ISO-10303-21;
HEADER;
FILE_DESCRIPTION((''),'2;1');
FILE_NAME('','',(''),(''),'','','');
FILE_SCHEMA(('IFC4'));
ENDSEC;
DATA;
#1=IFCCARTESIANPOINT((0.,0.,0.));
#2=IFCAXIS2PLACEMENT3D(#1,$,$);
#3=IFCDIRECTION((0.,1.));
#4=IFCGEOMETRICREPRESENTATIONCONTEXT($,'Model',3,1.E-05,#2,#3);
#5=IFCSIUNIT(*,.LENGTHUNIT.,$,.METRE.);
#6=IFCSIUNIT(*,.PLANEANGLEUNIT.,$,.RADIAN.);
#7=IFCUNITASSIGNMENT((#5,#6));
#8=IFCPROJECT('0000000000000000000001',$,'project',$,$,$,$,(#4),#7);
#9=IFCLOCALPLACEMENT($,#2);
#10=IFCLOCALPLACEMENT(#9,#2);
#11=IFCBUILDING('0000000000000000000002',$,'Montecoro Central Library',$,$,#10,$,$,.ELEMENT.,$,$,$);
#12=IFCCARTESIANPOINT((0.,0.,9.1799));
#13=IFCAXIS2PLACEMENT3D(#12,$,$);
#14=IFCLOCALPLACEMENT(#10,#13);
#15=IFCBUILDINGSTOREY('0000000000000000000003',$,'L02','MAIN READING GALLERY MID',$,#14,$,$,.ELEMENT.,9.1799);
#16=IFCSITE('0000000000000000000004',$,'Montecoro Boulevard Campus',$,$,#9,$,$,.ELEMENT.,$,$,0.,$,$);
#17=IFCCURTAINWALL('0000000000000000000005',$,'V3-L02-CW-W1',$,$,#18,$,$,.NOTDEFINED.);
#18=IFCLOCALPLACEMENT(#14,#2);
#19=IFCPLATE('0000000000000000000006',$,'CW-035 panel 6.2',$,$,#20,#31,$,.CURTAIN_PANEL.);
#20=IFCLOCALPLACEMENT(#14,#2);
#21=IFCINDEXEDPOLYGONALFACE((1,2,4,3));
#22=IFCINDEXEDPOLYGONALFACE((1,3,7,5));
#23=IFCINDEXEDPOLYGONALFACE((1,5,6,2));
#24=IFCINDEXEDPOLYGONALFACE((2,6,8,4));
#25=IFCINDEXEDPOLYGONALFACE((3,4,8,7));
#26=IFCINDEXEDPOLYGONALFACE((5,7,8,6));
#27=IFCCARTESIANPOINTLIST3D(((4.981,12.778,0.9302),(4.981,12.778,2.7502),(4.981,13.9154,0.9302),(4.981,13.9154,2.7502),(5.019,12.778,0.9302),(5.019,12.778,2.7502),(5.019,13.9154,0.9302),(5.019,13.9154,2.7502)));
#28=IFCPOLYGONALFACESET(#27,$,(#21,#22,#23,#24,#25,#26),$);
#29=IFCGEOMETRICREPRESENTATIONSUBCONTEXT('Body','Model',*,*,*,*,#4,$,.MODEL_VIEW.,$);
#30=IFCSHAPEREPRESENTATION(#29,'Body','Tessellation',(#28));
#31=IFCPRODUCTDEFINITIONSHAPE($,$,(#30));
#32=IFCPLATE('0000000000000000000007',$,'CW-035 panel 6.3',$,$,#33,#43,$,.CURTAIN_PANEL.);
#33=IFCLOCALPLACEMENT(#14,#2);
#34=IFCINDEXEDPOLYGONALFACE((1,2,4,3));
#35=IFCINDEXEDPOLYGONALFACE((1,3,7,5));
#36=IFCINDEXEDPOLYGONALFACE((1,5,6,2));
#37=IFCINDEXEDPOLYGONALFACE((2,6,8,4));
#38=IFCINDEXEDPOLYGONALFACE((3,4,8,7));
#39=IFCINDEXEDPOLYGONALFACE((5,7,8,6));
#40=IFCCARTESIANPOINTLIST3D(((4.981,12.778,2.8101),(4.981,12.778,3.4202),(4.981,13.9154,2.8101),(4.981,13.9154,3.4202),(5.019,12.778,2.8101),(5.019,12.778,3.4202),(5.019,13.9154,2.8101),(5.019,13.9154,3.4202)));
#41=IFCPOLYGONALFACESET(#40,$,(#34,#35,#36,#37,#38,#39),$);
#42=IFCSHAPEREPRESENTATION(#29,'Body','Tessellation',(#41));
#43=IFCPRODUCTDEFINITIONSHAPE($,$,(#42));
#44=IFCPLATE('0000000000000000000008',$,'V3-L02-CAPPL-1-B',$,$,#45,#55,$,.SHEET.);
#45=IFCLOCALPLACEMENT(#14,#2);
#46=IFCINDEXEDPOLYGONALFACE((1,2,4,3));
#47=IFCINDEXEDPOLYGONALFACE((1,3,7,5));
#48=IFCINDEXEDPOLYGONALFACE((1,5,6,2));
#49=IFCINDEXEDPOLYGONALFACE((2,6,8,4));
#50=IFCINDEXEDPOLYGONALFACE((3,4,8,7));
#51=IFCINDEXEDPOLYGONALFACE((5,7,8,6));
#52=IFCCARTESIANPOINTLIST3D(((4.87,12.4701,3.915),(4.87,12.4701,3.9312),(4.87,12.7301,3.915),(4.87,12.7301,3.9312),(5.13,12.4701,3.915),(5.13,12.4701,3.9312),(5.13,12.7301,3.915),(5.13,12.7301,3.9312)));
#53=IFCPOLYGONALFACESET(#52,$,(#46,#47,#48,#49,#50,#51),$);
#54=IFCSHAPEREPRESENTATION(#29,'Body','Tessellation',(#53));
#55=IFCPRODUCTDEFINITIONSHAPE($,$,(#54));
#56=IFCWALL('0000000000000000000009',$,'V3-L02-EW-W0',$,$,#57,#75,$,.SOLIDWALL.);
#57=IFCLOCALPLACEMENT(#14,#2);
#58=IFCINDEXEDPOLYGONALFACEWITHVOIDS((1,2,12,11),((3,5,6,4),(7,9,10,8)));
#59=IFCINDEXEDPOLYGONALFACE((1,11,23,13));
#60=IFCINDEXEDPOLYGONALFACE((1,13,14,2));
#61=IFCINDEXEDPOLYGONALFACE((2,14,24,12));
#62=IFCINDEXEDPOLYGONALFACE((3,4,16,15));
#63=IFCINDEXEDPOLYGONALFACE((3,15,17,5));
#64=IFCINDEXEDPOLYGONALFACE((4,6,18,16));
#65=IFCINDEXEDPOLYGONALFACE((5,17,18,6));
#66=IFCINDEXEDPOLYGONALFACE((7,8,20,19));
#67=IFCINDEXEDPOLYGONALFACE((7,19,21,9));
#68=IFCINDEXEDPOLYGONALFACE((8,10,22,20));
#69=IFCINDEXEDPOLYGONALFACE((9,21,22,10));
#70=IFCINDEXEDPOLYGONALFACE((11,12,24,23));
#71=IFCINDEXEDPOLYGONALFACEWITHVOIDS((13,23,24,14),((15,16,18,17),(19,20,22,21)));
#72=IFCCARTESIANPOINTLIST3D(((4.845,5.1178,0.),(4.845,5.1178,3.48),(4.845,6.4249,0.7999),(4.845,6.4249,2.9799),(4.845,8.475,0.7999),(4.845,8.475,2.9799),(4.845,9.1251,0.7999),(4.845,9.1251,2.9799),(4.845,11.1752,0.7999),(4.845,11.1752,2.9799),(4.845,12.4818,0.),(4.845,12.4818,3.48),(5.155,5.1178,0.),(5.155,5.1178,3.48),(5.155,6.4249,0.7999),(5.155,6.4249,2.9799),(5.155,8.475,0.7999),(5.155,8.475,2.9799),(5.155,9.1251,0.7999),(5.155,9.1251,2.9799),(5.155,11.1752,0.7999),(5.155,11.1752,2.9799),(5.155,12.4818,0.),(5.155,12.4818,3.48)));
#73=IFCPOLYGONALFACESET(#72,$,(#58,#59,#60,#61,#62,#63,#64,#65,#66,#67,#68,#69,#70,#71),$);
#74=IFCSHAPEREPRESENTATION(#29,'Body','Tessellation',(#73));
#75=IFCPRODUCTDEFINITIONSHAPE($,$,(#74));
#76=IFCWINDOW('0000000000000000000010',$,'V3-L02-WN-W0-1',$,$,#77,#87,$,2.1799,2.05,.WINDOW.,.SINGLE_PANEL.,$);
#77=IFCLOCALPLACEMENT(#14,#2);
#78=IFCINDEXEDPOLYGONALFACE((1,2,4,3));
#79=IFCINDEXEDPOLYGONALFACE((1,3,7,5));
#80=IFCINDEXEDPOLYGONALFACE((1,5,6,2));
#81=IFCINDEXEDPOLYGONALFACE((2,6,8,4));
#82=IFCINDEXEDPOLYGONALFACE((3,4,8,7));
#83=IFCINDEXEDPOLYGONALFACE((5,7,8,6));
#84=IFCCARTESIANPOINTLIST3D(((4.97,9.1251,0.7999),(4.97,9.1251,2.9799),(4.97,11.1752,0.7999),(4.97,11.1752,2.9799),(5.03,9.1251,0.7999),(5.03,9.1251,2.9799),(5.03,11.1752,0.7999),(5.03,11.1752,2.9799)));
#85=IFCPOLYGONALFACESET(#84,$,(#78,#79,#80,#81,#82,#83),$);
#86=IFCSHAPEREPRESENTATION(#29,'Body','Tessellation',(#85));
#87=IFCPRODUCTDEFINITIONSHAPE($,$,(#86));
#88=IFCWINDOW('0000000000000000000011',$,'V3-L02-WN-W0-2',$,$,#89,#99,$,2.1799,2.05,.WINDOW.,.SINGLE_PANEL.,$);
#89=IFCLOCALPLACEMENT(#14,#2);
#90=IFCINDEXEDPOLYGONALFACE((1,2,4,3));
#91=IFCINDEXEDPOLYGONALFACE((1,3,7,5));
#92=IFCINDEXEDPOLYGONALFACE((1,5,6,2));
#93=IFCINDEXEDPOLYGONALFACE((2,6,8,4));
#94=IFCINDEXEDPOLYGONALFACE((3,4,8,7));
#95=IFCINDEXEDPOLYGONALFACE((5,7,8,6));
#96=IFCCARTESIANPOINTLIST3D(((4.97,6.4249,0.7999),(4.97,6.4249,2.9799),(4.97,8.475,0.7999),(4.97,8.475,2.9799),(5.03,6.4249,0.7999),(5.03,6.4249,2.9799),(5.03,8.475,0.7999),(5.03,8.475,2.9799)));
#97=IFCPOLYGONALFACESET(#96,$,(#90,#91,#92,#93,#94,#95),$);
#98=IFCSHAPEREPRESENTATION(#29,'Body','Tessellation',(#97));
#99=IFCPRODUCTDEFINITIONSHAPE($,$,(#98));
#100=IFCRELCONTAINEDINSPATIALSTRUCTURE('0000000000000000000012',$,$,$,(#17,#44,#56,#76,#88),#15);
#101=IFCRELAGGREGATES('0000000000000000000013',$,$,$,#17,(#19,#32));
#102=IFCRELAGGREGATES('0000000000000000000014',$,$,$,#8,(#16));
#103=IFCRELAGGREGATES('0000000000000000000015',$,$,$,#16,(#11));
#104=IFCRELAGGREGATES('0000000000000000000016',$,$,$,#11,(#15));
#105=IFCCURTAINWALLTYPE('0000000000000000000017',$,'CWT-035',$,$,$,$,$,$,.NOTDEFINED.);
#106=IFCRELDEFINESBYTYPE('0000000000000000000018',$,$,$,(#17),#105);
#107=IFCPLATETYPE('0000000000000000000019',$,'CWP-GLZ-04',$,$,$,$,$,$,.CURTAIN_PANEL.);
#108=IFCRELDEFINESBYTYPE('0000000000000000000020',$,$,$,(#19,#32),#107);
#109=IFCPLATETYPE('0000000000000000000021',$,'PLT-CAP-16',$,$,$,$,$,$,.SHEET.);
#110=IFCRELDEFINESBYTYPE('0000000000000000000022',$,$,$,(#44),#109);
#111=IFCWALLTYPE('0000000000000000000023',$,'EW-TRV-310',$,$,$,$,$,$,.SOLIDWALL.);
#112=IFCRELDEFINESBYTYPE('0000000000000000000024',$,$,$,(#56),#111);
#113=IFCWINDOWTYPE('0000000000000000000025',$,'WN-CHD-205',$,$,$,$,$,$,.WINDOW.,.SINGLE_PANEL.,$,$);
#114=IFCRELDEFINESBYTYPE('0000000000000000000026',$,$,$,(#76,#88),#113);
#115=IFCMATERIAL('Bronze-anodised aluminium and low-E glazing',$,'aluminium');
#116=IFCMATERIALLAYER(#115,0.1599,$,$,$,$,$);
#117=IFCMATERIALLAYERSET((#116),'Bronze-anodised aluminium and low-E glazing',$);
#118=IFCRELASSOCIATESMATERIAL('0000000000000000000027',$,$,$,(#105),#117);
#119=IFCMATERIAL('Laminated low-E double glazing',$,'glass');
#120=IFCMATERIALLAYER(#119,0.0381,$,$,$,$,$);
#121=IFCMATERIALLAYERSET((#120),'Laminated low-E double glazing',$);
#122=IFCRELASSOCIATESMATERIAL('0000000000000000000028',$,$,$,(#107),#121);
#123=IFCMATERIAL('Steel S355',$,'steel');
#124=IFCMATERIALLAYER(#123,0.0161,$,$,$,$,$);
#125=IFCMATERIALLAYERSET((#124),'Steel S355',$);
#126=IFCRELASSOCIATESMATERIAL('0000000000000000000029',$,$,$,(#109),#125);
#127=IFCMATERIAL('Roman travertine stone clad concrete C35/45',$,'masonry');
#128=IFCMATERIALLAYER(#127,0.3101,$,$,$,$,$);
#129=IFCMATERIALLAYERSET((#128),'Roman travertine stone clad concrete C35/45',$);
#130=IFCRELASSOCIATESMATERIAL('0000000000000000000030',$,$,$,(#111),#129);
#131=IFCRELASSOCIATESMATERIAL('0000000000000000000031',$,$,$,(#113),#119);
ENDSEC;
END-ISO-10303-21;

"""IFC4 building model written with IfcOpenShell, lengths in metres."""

from ifc_helpers import new_model, si_unit, direction, frame, frame_2d, origin, origin_2d, place, context, subcontext, project, spatial, rectangle, extrude, material, layer, layer_set, type_object, element, fill, aggregate, save


model = new_model("IFC4")

# Units and contexts
model_context = context("Model", 3, precision=1e-05, world=origin(), true_north=direction((0.0, 1.0)))
body_context = subcontext(model_context, "Body", "Model", "MODEL_VIEW")
ifc_project = project(units=[si_unit("LENGTHUNIT", "METRE"), si_unit("PLANEANGLEUNIT", "RADIAN")], contexts=[model_context])

# Site, building, storey
site_placement = place(None, origin())
site = spatial("IfcSite", under=ifc_project, at=site_placement, Name="Montecoro Boulevard Campus", CompositionType="ELEMENT", RefElevation=0.0)
building_placement = place(site_placement, origin())
building = spatial("IfcBuilding", under=site, at=building_placement, Name="Montecoro Central Library", CompositionType="ELEMENT")
storey_placement = place(building_placement, frame((0.0, 0.0, 9.1799)))
storey = spatial("IfcBuildingStorey", under=building, at=storey_placement, Name="L02", Description="MAIN READING GALLERY MID", CompositionType="ELEMENT", Elevation=9.1799)

# Shared definitions
ifc_material_1 = material(Name="Steel S355", Category="steel")

# Curtain wall, plates
ifc_material_2 = material(Name="Bronze-anodised aluminium and low-E glazing", Category="aluminium")
ifc_layer_1 = layer(ifc_material_2, 0.1599)
ifc_layer_set_1 = layer_set([ifc_layer_1], Name="Bronze-anodised aluminium and low-E glazing")
curtain_wall_type = type_object("IfcCurtainWallType", Name="CWT-035", PredefinedType="NOTDEFINED", material=ifc_layer_set_1)
curtain_wall_placement = place(storey_placement, origin())
curtain_wall = element("IfcCurtainWall", 1, at=curtain_wall_placement, inside=storey, type_object=curtain_wall_type, Name="V3-L02-CW-W1", PredefinedType="NOTDEFINED")
ifc_material_3 = material(Name="Laminated low-E double glazing", Category="glass")
ifc_layer_2 = layer(ifc_material_3, 0.0381)
ifc_layer_set_2 = layer_set([ifc_layer_2], Name="Laminated low-E double glazing")
plate_type_1 = type_object("IfcPlateType", Name="CWP-GLZ-04", PredefinedType="CURTAIN_PANEL", material=ifc_layer_set_2)
plate_1_placement = place(storey_placement, frame((5.0, 13.3467, 0.9302), z_axis=(0.0, 0.0, 1.0), x_axis=(0.0, -1.0, 0.0)))
plate_1 = element("IfcPlate", 2, at=plate_1_placement, type_object=plate_type_1, Name="CW-035 panel 6.2", PredefinedType="CURTAIN_PANEL", context=body_context, shape_type="SweptSolid", body=[
    extrude(rectangle(XDim=1.1375, YDim=0.0381, at=origin_2d()), origin(), (0.0, 0.0, 1.0), 1.8201),
])
plate_2_placement = place(storey_placement, frame((5.0, 13.3467, 2.8101), z_axis=(0.0, 0.0, 1.0), x_axis=(0.0, -1.0, 0.0)))
plate_2 = element("IfcPlate", 3, at=plate_2_placement, type_object=plate_type_1, Name="CW-035 panel 6.3", PredefinedType="CURTAIN_PANEL", context=body_context, shape_type="SweptSolid", body=[
    extrude(rectangle(XDim=1.1375, YDim=0.0381, at=origin_2d()), origin(), (0.0, 0.0, 1.0), 0.6101),
])
aggregate(curtain_wall, [plate_1, plate_2])

# Plate
ifc_layer_3 = layer(ifc_material_1, 0.0161)
ifc_layer_set_3 = layer_set([ifc_layer_3], Name="Steel S355")
plate_type_2 = type_object("IfcPlateType", Name="PLT-CAP-16", PredefinedType="SHEET", material=ifc_layer_set_3)
plate_3_placement = place(storey_placement, frame((5.0, 12.6001, 3.915), z_axis=(0.0, 0.0, 1.0), x_axis=(1.0, 0.0, 0.0)))
element("IfcPlate", 4, at=plate_3_placement, inside=storey, type_object=plate_type_2, Name="V3-L02-CAPPL-1-B", PredefinedType="SHEET", context=body_context, shape_type="SweptSolid", body=[
    extrude(rectangle(XDim=0.26, YDim=0.26, at=origin_2d()), origin(), (0.0, 0.0, 1.0), 0.0161),
])

# Wall, openings, windows
ifc_material_4 = material(Name="Roman travertine stone clad concrete C35/45", Category="masonry")
ifc_layer_4 = layer(ifc_material_4, 0.3101)
ifc_layer_set_4 = layer_set([ifc_layer_4], Name="Roman travertine stone clad concrete C35/45")
wall_type = type_object("IfcWallType", Name="EW-TRV-310", PredefinedType="SOLIDWALL", material=ifc_layer_set_4)
wall_placement = place(storey_placement, frame((5.0, 12.4819, 0.0), z_axis=(0.0, 0.0, 1.0), x_axis=(0.0, -1.0, 0.0)))
wall = element("IfcWall", 5, at=wall_placement, inside=storey, type_object=wall_type, Name="V3-L02-EW-W0", PredefinedType="SOLIDWALL", context=body_context, shape_type="SweptSolid", body=[
    extrude(rectangle(XDim=7.364, YDim=0.3101, at=frame_2d((3.6821, 0.0))), origin(), (0.0, 0.0, 1.0), 3.48),
])
opening_1_placement = place(wall_placement, frame((1.3069, 0.0, 0.8)))
opening_1 = element("IfcOpeningElement", 6, at=opening_1_placement, cuts=wall, PredefinedType="OPENING", context=body_context, shape_type="SweptSolid", body=[
    extrude(rectangle(XDim=2.05, YDim=2.1799, at=frame_2d((1.0249, 1.0898))), frame((0.0, 0.165, 0.0), z_axis=(0.0, -1.0, 0.0), x_axis=(1.0, 0.0, 0.0)), (0.0, 0.0, 1.0), 0.3301),
])
opening_2_placement = place(wall_placement, frame((4.0071, 0.0, 0.8)))
opening_2 = element("IfcOpeningElement", 7, at=opening_2_placement, cuts=wall, PredefinedType="OPENING", context=body_context, shape_type="SweptSolid", body=[
    extrude(rectangle(XDim=2.05, YDim=2.1799, at=frame_2d((1.0249, 1.0898))), frame((0.0, 0.165, 0.0), z_axis=(0.0, -1.0, 0.0), x_axis=(1.0, 0.0, 0.0)), (0.0, 0.0, 1.0), 0.3301),
])
window_type = type_object("IfcWindowType", Name="WN-CHD-205", PartitioningType="SINGLE_PANEL", PredefinedType="WINDOW", material=ifc_material_3)
window_1_placement = place(opening_1_placement, origin())
window_1 = element("IfcWindow", 8, at=window_1_placement, inside=storey, type_object=window_type, Name="V3-L02-WN-W0-1", OverallHeight=2.1799, OverallWidth=2.05, PartitioningType="SINGLE_PANEL", PredefinedType="WINDOW", context=body_context, shape_type="SweptSolid", body=[
    extrude(rectangle(XDim=2.05, YDim=2.1799, at=frame_2d((1.0249, 1.0898))), frame((0.0, 0.03, 0.0), z_axis=(0.0, -1.0, 0.0), x_axis=(1.0, 0.0, 0.0)), (0.0, 0.0, 1.0), 0.0601),
])
fill(opening_1, window_1)
window_2_placement = place(opening_2_placement, origin())
window_2 = element("IfcWindow", 9, at=window_2_placement, inside=storey, type_object=window_type, Name="V3-L02-WN-W0-2", OverallHeight=2.1799, OverallWidth=2.05, PartitioningType="SINGLE_PANEL", PredefinedType="WINDOW", context=body_context, shape_type="SweptSolid", body=[
    extrude(rectangle(XDim=2.05, YDim=2.1799, at=frame_2d((1.0249, 1.0898))), frame((0.0, 0.03, 0.0), z_axis=(0.0, -1.0, 0.0), x_axis=(1.0, 0.0, 0.0)), (0.0, 0.0, 1.0), 0.0601),
])
fill(opening_2, window_2)

save(model, "model.ifc")
